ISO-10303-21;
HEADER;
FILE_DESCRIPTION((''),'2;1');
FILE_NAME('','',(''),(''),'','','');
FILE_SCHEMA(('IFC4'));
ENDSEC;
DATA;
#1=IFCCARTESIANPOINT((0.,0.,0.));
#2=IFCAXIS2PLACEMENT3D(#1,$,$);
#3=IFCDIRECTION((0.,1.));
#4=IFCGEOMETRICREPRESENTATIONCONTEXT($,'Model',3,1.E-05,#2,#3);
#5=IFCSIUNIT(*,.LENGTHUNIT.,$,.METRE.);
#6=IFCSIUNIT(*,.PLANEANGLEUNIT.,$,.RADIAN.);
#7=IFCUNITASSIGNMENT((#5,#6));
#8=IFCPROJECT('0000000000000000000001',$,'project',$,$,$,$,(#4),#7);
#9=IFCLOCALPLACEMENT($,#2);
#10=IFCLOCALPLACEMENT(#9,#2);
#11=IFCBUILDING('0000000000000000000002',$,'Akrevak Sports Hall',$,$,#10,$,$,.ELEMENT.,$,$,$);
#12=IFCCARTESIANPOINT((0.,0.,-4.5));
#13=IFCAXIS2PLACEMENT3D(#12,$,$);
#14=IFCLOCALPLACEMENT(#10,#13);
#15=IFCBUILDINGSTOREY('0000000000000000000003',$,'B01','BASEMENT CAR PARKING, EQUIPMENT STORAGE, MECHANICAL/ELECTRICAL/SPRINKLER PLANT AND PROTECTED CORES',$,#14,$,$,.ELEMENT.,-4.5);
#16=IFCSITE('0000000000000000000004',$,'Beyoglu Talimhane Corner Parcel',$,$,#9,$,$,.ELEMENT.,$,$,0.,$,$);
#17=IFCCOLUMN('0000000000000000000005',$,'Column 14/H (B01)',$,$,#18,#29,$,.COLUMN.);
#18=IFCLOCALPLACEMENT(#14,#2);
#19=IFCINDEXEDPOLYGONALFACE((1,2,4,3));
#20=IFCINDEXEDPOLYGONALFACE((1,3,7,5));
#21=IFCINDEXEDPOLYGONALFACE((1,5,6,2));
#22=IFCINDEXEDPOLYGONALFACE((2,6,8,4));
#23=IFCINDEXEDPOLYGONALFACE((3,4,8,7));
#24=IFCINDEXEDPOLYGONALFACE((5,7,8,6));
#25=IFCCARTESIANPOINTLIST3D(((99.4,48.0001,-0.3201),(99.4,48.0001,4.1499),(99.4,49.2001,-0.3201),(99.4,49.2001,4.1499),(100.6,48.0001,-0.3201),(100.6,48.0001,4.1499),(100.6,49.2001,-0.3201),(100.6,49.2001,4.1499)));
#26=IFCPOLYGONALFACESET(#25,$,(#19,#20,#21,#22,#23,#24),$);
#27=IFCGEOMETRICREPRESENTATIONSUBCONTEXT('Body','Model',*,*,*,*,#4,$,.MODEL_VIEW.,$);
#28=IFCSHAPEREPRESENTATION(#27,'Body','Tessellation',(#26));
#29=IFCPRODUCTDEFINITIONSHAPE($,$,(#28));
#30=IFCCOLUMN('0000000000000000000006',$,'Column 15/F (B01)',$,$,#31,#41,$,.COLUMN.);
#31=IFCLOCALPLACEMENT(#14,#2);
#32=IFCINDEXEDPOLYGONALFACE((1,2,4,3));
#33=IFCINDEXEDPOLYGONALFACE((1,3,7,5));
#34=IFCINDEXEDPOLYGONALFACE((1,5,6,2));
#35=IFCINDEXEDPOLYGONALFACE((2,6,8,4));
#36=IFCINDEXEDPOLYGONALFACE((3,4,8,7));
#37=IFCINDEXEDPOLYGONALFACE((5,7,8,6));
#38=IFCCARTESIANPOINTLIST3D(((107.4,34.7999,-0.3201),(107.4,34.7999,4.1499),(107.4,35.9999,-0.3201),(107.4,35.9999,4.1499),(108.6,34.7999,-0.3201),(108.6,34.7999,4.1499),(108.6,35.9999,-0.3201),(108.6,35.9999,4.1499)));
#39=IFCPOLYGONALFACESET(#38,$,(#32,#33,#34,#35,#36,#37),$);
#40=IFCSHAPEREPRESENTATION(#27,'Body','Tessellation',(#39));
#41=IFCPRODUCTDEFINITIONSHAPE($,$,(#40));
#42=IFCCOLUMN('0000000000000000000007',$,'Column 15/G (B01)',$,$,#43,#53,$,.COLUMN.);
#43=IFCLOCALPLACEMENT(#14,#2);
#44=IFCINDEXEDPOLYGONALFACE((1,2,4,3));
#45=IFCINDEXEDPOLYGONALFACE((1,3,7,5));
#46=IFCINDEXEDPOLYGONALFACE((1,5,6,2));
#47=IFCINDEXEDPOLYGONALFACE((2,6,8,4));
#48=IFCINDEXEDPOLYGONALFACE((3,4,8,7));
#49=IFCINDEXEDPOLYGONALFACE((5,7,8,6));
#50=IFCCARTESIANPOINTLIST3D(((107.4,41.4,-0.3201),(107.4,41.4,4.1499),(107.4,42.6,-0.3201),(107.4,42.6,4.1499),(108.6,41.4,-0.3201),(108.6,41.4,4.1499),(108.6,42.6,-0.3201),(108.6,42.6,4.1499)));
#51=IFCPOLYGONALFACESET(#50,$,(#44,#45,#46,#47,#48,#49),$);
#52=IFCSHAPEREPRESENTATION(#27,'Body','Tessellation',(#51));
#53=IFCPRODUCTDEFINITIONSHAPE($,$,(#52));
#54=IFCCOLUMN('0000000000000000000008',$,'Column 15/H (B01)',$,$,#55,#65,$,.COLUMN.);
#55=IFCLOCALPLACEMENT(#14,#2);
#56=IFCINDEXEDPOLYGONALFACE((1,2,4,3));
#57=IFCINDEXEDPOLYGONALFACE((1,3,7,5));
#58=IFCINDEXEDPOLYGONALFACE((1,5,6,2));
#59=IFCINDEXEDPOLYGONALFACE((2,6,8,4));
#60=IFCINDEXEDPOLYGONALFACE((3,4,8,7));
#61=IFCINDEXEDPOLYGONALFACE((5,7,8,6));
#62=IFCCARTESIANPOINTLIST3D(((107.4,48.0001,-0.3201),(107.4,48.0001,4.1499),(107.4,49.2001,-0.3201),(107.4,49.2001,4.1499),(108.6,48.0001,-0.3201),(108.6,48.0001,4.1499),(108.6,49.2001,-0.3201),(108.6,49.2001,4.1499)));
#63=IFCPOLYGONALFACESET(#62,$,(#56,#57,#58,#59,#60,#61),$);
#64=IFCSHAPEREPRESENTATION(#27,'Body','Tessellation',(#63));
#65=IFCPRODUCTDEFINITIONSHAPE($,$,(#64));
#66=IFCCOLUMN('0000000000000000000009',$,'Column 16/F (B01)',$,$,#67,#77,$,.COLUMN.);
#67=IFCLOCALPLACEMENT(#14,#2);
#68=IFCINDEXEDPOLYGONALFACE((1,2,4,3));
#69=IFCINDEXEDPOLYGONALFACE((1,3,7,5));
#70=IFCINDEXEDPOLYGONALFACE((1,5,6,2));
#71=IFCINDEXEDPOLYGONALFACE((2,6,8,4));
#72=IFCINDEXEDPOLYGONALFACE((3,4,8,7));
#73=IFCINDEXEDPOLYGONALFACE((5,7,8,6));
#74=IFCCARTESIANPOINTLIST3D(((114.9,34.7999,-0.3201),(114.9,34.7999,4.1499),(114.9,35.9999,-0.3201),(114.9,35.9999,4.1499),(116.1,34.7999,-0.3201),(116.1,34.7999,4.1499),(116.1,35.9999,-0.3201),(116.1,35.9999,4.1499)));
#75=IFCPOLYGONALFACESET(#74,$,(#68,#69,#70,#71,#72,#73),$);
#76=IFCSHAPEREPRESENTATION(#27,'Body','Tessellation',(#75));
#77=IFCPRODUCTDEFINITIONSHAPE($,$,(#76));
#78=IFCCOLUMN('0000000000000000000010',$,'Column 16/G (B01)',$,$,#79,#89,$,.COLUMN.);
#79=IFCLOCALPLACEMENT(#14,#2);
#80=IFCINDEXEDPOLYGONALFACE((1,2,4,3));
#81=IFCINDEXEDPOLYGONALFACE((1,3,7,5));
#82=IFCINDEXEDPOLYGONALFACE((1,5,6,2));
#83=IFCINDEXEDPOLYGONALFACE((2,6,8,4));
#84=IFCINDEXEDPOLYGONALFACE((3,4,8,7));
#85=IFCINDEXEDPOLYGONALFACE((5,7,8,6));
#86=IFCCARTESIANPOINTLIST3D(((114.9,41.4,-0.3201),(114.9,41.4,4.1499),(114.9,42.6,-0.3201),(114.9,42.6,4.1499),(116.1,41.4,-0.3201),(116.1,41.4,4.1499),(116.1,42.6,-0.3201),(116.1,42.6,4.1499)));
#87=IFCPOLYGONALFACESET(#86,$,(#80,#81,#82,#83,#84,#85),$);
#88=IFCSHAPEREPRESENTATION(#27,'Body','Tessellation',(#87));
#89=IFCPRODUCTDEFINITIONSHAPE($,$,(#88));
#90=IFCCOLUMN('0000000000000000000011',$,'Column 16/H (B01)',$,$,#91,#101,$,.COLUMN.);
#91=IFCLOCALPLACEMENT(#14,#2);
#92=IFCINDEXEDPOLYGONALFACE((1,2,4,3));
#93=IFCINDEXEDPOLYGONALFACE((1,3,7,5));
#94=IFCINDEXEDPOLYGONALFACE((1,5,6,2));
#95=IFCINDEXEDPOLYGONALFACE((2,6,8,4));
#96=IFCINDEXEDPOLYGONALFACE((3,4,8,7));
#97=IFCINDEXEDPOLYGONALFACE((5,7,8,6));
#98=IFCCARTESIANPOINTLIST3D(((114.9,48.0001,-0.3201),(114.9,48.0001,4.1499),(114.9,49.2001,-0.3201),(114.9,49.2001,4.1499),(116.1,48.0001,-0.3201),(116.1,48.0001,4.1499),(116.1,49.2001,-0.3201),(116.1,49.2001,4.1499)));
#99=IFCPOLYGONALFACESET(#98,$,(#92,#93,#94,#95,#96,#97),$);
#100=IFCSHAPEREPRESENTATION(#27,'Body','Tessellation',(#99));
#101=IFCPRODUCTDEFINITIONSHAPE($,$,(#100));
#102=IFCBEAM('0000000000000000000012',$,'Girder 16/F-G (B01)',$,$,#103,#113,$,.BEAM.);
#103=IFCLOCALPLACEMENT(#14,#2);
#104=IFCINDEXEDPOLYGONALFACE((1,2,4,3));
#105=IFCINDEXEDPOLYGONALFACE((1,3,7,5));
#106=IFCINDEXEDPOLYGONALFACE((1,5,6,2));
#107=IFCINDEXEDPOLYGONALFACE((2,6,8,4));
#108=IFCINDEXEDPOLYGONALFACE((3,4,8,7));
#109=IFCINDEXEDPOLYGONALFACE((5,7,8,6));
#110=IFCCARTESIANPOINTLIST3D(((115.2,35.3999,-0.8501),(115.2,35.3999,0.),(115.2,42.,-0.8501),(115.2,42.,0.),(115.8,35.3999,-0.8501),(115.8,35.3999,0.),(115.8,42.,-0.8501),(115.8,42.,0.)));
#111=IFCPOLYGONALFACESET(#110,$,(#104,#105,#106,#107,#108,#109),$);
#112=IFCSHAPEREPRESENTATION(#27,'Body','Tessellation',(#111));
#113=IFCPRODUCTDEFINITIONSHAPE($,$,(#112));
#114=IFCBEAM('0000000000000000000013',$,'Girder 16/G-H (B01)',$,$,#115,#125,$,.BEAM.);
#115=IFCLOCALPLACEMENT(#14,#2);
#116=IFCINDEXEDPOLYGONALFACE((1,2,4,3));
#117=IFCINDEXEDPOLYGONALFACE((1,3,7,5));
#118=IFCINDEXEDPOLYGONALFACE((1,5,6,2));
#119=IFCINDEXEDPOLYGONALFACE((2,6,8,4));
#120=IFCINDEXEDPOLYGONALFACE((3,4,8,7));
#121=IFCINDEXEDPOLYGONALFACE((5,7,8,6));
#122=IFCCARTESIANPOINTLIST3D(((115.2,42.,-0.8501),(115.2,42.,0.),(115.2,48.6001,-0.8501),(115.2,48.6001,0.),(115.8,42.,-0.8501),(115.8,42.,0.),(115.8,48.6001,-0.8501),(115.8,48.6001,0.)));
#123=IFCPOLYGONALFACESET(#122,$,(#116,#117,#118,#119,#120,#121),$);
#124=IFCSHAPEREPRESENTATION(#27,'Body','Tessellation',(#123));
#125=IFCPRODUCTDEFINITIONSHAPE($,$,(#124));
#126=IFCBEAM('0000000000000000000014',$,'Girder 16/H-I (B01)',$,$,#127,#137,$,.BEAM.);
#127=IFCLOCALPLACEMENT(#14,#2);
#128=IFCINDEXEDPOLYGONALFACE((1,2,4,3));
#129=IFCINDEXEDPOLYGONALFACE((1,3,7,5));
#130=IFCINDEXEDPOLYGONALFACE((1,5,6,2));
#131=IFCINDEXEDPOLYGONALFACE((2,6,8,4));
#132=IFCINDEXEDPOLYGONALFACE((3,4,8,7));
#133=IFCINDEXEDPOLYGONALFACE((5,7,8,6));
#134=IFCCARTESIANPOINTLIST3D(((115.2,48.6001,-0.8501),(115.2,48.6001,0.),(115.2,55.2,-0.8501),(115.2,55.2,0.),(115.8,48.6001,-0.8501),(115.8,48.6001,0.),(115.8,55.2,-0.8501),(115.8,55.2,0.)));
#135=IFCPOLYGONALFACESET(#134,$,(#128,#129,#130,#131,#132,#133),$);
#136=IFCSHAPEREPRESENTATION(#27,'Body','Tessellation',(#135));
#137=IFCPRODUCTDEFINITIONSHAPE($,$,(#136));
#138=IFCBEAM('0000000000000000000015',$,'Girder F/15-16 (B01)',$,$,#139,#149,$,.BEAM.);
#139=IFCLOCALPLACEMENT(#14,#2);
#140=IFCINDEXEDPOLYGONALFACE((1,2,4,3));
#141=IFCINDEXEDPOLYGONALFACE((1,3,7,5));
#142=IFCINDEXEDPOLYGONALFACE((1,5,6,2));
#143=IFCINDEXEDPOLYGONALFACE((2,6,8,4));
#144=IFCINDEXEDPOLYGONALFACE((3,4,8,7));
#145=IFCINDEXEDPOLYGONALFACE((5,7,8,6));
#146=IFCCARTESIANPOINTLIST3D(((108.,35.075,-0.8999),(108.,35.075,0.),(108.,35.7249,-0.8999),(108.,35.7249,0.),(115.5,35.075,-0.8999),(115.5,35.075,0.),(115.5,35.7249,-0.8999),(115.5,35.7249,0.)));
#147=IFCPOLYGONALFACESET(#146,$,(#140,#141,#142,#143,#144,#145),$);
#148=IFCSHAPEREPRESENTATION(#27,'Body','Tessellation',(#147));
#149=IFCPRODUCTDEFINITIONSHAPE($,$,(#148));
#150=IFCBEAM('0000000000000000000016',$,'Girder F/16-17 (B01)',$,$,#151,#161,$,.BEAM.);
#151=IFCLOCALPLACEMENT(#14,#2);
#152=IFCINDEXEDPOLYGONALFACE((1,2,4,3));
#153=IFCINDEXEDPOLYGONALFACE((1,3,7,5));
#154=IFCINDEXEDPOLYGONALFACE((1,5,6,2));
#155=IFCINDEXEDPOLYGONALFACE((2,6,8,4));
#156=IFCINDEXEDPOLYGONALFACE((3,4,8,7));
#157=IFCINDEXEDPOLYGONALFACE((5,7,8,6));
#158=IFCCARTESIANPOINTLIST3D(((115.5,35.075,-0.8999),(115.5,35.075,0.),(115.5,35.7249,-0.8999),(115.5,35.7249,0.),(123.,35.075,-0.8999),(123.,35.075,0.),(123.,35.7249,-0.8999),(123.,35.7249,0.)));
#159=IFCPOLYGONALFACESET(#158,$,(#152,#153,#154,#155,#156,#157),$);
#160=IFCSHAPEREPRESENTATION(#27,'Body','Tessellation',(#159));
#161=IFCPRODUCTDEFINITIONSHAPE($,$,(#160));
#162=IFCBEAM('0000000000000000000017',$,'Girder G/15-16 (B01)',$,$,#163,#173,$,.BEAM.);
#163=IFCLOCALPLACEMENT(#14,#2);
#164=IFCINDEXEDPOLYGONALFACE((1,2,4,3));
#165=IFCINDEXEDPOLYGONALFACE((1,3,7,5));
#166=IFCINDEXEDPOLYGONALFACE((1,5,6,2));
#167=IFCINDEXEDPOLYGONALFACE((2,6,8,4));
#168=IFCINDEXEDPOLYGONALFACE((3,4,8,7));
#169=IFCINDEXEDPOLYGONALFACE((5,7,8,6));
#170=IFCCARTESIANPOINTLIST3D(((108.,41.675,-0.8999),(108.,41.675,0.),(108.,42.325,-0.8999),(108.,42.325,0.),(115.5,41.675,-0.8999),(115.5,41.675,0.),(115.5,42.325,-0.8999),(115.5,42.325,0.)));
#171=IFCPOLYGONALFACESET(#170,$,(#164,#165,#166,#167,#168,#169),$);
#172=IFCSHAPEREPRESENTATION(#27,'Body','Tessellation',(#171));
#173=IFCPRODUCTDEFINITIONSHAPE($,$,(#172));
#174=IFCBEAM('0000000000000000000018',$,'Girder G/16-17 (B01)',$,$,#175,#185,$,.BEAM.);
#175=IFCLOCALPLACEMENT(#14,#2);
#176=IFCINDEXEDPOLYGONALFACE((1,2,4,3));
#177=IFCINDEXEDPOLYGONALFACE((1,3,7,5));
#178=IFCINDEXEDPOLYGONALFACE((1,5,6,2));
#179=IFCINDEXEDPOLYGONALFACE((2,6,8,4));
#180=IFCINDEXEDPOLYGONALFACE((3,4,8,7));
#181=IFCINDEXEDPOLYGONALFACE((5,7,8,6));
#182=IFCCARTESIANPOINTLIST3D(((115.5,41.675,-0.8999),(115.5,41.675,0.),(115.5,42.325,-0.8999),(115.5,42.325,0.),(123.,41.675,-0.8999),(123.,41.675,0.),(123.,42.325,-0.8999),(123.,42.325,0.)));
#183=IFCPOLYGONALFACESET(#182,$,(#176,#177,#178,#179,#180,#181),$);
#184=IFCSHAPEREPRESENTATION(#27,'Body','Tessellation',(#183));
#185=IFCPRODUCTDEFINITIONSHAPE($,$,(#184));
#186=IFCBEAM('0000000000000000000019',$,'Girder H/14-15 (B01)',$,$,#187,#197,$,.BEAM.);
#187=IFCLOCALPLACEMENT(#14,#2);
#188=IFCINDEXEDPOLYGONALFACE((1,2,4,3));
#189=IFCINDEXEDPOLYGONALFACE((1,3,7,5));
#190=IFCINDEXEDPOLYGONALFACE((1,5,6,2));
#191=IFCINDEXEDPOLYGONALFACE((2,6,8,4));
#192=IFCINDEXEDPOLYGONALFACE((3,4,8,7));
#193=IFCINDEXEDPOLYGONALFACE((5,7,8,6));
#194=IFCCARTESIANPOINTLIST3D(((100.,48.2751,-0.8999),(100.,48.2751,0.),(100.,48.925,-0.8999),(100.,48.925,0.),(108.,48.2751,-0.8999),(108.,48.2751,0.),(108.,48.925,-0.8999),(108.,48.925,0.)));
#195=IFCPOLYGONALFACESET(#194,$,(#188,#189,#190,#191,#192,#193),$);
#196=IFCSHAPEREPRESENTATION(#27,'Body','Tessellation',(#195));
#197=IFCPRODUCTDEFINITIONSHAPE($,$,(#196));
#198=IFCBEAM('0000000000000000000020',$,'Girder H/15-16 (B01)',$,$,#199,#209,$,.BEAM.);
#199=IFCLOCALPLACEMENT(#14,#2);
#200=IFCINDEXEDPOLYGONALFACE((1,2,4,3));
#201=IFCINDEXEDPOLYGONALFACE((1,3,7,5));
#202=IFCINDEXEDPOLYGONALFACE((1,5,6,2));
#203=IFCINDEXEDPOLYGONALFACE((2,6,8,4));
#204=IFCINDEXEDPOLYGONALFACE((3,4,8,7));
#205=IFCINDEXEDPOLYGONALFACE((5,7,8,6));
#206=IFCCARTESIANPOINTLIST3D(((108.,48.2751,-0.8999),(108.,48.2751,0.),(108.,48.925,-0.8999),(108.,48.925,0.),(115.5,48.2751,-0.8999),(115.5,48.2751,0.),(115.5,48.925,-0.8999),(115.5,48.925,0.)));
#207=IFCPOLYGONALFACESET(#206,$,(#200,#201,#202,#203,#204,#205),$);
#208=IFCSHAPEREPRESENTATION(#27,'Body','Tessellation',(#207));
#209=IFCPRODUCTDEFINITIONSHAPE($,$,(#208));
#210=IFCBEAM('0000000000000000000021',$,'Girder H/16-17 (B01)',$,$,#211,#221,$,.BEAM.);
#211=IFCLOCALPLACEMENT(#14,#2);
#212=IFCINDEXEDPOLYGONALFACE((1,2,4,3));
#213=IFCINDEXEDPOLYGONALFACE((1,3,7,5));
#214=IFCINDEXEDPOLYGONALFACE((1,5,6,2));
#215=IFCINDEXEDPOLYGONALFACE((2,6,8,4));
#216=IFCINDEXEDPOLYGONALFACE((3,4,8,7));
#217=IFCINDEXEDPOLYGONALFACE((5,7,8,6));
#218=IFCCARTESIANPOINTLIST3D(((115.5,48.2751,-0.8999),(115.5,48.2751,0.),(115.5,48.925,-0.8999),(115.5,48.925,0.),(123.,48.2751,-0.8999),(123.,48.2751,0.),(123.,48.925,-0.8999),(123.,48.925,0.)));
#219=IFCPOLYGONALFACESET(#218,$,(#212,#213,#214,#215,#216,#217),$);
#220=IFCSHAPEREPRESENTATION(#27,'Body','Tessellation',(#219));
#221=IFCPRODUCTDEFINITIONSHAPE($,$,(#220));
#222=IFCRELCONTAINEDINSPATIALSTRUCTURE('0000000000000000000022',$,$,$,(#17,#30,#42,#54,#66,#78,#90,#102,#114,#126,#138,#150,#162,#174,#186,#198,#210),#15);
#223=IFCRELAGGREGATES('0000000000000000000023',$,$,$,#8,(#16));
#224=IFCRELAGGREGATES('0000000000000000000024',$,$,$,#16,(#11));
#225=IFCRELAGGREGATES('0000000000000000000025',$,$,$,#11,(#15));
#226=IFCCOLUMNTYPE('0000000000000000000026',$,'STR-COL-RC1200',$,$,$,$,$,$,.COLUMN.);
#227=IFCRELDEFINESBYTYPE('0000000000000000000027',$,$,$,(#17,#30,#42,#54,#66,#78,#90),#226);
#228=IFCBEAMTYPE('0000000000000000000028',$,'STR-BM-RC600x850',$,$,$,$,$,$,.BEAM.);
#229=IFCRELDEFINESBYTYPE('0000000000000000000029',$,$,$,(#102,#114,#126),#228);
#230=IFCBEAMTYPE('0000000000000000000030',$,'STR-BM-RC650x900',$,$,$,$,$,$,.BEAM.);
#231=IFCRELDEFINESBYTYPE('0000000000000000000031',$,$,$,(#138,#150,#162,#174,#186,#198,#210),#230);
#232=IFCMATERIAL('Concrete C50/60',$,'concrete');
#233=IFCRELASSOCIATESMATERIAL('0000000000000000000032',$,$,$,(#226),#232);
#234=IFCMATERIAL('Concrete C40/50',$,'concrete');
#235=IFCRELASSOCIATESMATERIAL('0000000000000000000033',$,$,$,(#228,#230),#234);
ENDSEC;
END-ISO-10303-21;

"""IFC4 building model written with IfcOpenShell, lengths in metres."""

from ifc_helpers import new_model, si_unit, direction, frame, origin, origin_2d, place, context, subcontext, project, spatial, rectangle, extrude, material, material_profile, profile_set, type_object, element, save


model = new_model("IFC4")

# Units and contexts
model_context = context("Model", 3, precision=1e-05, world=origin(), true_north=direction((0.0, 1.0)))
body_context = subcontext(model_context, "Body", "Model", "MODEL_VIEW")
ifc_project = project(units=[si_unit("LENGTHUNIT", "METRE"), si_unit("PLANEANGLEUNIT", "RADIAN")], contexts=[model_context])

# Site, building, storey
site_placement = place(None, origin())
site = spatial("IfcSite", under=ifc_project, at=site_placement, Name="Beyoglu Talimhane Corner Parcel", CompositionType="ELEMENT", RefElevation=0.0)
building_placement = place(site_placement, origin())
building = spatial("IfcBuilding", under=site, at=building_placement, Name="Akrevak Sports Hall", CompositionType="ELEMENT")
storey_placement = place(building_placement, frame((0.0, 0.0, -4.5)))
storey = spatial("IfcBuildingStorey", under=building, at=storey_placement, Name="B01", Description="BASEMENT CAR PARKING, EQUIPMENT STORAGE, MECHANICAL/ELECTRICAL/SPRINKLER PLANT AND PROTECTED CORES", CompositionType="ELEMENT", Elevation=-4.5)

# Columns
ifc_material_1 = material(Name="Concrete C50/60", Category="concrete")
ifc_material_profile_1 = material_profile(ifc_material_1, rectangle(XDim=1.2, YDim=1.2, at=origin_2d()), Name="RC 1200x1200", Category="concrete")
ifc_profile_set_1 = profile_set([ifc_material_profile_1], Name="Concrete C50/60")
column_type = type_object("IfcColumnType", Name="STR-COL-RC1200", PredefinedType="COLUMN", material=ifc_profile_set_1)
for number, where, z_axis, x_axis, name in (
    (1, (100.0, 48.6001, -0.3201), (0.0, 0.0, 1.0), (1.0, 0.0, 0.0), "Column 14/H (B01)"),
    (2, (108.0, 35.3999, -0.3201), (0.0, 0.0, 1.0), (1.0, 0.0, 0.0), "Column 15/F (B01)"),
    (3, (108.0, 42.0, -0.3201), (0.0, 0.0, 1.0), (1.0, 0.0, 0.0), "Column 15/G (B01)"),
    (4, (108.0, 48.6001, -0.3201), (0.0, 0.0, 1.0), (1.0, 0.0, 0.0), "Column 15/H (B01)"),
    (5, (115.5, 35.3999, -0.3201), (0.0, 0.0, 1.0), (1.0, 0.0, 0.0), "Column 16/F (B01)"),
    (6, (115.5, 42.0, -0.3201), (0.0, 0.0, 1.0), (1.0, 0.0, 0.0), "Column 16/G (B01)"),
    (7, (115.5, 48.6001, -0.3201), (0.0, 0.0, 1.0), (1.0, 0.0, 0.0), "Column 16/H (B01)"),
):
    element("IfcColumn", number, at=place(storey_placement, frame(where, z_axis=z_axis, x_axis=x_axis)), inside=storey, type_object=column_type, Name=name, PredefinedType="COLUMN", context=body_context, shape_type="SweptSolid", body=[
        extrude(rectangle(XDim=1.2, YDim=1.2, at=origin_2d()), origin(), (0.0, 0.0, 1.0), 4.47),
    ])

# Beams
ifc_material_2 = material(Name="Concrete C40/50", Category="concrete")
ifc_material_profile_2 = material_profile(ifc_material_2, rectangle(XDim=0.6001, YDim=0.8501, at=origin_2d()), Name="BM 600x850", Category="concrete")
ifc_profile_set_2 = profile_set([ifc_material_profile_2], Name="Concrete C40/50")
beam_type_1 = type_object("IfcBeamType", Name="STR-BM-RC600x850", PredefinedType="BEAM", material=ifc_profile_set_2)
for number, where, z_axis, x_axis, name in (
    (8, (115.5, 35.3999, -0.425), (0.0, 1.0, 0.0), (-1.0, 0.0, 0.0), "Girder 16/F-G (B01)"),
    (9, (115.5, 42.0, -0.425), (0.0, 1.0, 0.0), (-1.0, 0.0, 0.0), "Girder 16/G-H (B01)"),
):
    element("IfcBeam", number, at=place(storey_placement, frame(where, z_axis=z_axis, x_axis=x_axis)), inside=storey, type_object=beam_type_1, Name=name, PredefinedType="BEAM", context=body_context, shape_type="SweptSolid", body=[
        extrude(rectangle(XDim=0.6001, YDim=0.8501, at=origin_2d()), origin(), (0.0, 0.0, 1.0), 6.6001),
    ])
beam_1_placement = place(storey_placement, frame((115.5, 48.6001, -0.425), z_axis=(0.0, 1.0, 0.0), x_axis=(-1.0, 0.0, 0.0)))
element("IfcBeam", 10, at=beam_1_placement, inside=storey, type_object=beam_type_1, Name="Girder 16/H-I (B01)", PredefinedType="BEAM", context=body_context, shape_type="SweptSolid", body=[
    extrude(rectangle(XDim=0.6001, YDim=0.8501, at=origin_2d()), origin(), (0.0, 0.0, 1.0), 6.5999),
])
ifc_material_profile_3 = material_profile(ifc_material_2, rectangle(XDim=0.6499, YDim=0.8999, at=origin_2d()), Name="BM 650x900", Category="concrete")
ifc_profile_set_3 = profile_set([ifc_material_profile_3], Name="Concrete C40/50")
beam_type_2 = type_object("IfcBeamType", Name="STR-BM-RC650x900", PredefinedType="BEAM", material=ifc_profile_set_3)
for number, where, z_axis, x_axis, name in (
    (11, (108.0, 35.3999, -0.45), (1.0, 0.0, 0.0), (0.0, 1.0, 0.0), "Girder F/15-16 (B01)"),
    (12, (115.5, 35.3999, -0.45), (1.0, 0.0, 0.0), (0.0, 1.0, 0.0), "Girder F/16-17 (B01)"),
    (13, (108.0, 42.0, -0.45), (1.0, 0.0, 0.0), (0.0, 1.0, 0.0), "Girder G/15-16 (B01)"),
    (14, (115.5, 42.0, -0.45), (1.0, 0.0, 0.0), (0.0, 1.0, 0.0), "Girder G/16-17 (B01)"),
):
    element("IfcBeam", number, at=place(storey_placement, frame(where, z_axis=z_axis, x_axis=x_axis)), inside=storey, type_object=beam_type_2, Name=name, PredefinedType="BEAM", context=body_context, shape_type="SweptSolid", body=[
        extrude(rectangle(XDim=0.6499, YDim=0.8999, at=origin_2d()), origin(), (0.0, 0.0, 1.0), 7.5),
    ])
beam_2_placement = place(storey_placement, frame((100.0, 48.6001, -0.45), z_axis=(1.0, 0.0, 0.0), x_axis=(0.0, 1.0, 0.0)))
element("IfcBeam", 15, at=beam_2_placement, inside=storey, type_object=beam_type_2, Name="Girder H/14-15 (B01)", PredefinedType="BEAM", context=body_context, shape_type="SweptSolid", body=[
    extrude(rectangle(XDim=0.6499, YDim=0.8999, at=origin_2d()), origin(), (0.0, 0.0, 1.0), 8.0),
])
for number, where, z_axis, x_axis, name in (
    (16, (108.0, 48.6001, -0.45), (1.0, 0.0, 0.0), (0.0, 1.0, 0.0), "Girder H/15-16 (B01)"),
    (17, (115.5, 48.6001, -0.45), (1.0, 0.0, 0.0), (0.0, 1.0, 0.0), "Girder H/16-17 (B01)"),
):
    element("IfcBeam", number, at=place(storey_placement, frame(where, z_axis=z_axis, x_axis=x_axis)), inside=storey, type_object=beam_type_2, Name=name, PredefinedType="BEAM", context=body_context, shape_type="SweptSolid", body=[
        extrude(rectangle(XDim=0.6499, YDim=0.8999, at=origin_2d()), origin(), (0.0, 0.0, 1.0), 7.5),
    ])

save(model, "model.ifc")
